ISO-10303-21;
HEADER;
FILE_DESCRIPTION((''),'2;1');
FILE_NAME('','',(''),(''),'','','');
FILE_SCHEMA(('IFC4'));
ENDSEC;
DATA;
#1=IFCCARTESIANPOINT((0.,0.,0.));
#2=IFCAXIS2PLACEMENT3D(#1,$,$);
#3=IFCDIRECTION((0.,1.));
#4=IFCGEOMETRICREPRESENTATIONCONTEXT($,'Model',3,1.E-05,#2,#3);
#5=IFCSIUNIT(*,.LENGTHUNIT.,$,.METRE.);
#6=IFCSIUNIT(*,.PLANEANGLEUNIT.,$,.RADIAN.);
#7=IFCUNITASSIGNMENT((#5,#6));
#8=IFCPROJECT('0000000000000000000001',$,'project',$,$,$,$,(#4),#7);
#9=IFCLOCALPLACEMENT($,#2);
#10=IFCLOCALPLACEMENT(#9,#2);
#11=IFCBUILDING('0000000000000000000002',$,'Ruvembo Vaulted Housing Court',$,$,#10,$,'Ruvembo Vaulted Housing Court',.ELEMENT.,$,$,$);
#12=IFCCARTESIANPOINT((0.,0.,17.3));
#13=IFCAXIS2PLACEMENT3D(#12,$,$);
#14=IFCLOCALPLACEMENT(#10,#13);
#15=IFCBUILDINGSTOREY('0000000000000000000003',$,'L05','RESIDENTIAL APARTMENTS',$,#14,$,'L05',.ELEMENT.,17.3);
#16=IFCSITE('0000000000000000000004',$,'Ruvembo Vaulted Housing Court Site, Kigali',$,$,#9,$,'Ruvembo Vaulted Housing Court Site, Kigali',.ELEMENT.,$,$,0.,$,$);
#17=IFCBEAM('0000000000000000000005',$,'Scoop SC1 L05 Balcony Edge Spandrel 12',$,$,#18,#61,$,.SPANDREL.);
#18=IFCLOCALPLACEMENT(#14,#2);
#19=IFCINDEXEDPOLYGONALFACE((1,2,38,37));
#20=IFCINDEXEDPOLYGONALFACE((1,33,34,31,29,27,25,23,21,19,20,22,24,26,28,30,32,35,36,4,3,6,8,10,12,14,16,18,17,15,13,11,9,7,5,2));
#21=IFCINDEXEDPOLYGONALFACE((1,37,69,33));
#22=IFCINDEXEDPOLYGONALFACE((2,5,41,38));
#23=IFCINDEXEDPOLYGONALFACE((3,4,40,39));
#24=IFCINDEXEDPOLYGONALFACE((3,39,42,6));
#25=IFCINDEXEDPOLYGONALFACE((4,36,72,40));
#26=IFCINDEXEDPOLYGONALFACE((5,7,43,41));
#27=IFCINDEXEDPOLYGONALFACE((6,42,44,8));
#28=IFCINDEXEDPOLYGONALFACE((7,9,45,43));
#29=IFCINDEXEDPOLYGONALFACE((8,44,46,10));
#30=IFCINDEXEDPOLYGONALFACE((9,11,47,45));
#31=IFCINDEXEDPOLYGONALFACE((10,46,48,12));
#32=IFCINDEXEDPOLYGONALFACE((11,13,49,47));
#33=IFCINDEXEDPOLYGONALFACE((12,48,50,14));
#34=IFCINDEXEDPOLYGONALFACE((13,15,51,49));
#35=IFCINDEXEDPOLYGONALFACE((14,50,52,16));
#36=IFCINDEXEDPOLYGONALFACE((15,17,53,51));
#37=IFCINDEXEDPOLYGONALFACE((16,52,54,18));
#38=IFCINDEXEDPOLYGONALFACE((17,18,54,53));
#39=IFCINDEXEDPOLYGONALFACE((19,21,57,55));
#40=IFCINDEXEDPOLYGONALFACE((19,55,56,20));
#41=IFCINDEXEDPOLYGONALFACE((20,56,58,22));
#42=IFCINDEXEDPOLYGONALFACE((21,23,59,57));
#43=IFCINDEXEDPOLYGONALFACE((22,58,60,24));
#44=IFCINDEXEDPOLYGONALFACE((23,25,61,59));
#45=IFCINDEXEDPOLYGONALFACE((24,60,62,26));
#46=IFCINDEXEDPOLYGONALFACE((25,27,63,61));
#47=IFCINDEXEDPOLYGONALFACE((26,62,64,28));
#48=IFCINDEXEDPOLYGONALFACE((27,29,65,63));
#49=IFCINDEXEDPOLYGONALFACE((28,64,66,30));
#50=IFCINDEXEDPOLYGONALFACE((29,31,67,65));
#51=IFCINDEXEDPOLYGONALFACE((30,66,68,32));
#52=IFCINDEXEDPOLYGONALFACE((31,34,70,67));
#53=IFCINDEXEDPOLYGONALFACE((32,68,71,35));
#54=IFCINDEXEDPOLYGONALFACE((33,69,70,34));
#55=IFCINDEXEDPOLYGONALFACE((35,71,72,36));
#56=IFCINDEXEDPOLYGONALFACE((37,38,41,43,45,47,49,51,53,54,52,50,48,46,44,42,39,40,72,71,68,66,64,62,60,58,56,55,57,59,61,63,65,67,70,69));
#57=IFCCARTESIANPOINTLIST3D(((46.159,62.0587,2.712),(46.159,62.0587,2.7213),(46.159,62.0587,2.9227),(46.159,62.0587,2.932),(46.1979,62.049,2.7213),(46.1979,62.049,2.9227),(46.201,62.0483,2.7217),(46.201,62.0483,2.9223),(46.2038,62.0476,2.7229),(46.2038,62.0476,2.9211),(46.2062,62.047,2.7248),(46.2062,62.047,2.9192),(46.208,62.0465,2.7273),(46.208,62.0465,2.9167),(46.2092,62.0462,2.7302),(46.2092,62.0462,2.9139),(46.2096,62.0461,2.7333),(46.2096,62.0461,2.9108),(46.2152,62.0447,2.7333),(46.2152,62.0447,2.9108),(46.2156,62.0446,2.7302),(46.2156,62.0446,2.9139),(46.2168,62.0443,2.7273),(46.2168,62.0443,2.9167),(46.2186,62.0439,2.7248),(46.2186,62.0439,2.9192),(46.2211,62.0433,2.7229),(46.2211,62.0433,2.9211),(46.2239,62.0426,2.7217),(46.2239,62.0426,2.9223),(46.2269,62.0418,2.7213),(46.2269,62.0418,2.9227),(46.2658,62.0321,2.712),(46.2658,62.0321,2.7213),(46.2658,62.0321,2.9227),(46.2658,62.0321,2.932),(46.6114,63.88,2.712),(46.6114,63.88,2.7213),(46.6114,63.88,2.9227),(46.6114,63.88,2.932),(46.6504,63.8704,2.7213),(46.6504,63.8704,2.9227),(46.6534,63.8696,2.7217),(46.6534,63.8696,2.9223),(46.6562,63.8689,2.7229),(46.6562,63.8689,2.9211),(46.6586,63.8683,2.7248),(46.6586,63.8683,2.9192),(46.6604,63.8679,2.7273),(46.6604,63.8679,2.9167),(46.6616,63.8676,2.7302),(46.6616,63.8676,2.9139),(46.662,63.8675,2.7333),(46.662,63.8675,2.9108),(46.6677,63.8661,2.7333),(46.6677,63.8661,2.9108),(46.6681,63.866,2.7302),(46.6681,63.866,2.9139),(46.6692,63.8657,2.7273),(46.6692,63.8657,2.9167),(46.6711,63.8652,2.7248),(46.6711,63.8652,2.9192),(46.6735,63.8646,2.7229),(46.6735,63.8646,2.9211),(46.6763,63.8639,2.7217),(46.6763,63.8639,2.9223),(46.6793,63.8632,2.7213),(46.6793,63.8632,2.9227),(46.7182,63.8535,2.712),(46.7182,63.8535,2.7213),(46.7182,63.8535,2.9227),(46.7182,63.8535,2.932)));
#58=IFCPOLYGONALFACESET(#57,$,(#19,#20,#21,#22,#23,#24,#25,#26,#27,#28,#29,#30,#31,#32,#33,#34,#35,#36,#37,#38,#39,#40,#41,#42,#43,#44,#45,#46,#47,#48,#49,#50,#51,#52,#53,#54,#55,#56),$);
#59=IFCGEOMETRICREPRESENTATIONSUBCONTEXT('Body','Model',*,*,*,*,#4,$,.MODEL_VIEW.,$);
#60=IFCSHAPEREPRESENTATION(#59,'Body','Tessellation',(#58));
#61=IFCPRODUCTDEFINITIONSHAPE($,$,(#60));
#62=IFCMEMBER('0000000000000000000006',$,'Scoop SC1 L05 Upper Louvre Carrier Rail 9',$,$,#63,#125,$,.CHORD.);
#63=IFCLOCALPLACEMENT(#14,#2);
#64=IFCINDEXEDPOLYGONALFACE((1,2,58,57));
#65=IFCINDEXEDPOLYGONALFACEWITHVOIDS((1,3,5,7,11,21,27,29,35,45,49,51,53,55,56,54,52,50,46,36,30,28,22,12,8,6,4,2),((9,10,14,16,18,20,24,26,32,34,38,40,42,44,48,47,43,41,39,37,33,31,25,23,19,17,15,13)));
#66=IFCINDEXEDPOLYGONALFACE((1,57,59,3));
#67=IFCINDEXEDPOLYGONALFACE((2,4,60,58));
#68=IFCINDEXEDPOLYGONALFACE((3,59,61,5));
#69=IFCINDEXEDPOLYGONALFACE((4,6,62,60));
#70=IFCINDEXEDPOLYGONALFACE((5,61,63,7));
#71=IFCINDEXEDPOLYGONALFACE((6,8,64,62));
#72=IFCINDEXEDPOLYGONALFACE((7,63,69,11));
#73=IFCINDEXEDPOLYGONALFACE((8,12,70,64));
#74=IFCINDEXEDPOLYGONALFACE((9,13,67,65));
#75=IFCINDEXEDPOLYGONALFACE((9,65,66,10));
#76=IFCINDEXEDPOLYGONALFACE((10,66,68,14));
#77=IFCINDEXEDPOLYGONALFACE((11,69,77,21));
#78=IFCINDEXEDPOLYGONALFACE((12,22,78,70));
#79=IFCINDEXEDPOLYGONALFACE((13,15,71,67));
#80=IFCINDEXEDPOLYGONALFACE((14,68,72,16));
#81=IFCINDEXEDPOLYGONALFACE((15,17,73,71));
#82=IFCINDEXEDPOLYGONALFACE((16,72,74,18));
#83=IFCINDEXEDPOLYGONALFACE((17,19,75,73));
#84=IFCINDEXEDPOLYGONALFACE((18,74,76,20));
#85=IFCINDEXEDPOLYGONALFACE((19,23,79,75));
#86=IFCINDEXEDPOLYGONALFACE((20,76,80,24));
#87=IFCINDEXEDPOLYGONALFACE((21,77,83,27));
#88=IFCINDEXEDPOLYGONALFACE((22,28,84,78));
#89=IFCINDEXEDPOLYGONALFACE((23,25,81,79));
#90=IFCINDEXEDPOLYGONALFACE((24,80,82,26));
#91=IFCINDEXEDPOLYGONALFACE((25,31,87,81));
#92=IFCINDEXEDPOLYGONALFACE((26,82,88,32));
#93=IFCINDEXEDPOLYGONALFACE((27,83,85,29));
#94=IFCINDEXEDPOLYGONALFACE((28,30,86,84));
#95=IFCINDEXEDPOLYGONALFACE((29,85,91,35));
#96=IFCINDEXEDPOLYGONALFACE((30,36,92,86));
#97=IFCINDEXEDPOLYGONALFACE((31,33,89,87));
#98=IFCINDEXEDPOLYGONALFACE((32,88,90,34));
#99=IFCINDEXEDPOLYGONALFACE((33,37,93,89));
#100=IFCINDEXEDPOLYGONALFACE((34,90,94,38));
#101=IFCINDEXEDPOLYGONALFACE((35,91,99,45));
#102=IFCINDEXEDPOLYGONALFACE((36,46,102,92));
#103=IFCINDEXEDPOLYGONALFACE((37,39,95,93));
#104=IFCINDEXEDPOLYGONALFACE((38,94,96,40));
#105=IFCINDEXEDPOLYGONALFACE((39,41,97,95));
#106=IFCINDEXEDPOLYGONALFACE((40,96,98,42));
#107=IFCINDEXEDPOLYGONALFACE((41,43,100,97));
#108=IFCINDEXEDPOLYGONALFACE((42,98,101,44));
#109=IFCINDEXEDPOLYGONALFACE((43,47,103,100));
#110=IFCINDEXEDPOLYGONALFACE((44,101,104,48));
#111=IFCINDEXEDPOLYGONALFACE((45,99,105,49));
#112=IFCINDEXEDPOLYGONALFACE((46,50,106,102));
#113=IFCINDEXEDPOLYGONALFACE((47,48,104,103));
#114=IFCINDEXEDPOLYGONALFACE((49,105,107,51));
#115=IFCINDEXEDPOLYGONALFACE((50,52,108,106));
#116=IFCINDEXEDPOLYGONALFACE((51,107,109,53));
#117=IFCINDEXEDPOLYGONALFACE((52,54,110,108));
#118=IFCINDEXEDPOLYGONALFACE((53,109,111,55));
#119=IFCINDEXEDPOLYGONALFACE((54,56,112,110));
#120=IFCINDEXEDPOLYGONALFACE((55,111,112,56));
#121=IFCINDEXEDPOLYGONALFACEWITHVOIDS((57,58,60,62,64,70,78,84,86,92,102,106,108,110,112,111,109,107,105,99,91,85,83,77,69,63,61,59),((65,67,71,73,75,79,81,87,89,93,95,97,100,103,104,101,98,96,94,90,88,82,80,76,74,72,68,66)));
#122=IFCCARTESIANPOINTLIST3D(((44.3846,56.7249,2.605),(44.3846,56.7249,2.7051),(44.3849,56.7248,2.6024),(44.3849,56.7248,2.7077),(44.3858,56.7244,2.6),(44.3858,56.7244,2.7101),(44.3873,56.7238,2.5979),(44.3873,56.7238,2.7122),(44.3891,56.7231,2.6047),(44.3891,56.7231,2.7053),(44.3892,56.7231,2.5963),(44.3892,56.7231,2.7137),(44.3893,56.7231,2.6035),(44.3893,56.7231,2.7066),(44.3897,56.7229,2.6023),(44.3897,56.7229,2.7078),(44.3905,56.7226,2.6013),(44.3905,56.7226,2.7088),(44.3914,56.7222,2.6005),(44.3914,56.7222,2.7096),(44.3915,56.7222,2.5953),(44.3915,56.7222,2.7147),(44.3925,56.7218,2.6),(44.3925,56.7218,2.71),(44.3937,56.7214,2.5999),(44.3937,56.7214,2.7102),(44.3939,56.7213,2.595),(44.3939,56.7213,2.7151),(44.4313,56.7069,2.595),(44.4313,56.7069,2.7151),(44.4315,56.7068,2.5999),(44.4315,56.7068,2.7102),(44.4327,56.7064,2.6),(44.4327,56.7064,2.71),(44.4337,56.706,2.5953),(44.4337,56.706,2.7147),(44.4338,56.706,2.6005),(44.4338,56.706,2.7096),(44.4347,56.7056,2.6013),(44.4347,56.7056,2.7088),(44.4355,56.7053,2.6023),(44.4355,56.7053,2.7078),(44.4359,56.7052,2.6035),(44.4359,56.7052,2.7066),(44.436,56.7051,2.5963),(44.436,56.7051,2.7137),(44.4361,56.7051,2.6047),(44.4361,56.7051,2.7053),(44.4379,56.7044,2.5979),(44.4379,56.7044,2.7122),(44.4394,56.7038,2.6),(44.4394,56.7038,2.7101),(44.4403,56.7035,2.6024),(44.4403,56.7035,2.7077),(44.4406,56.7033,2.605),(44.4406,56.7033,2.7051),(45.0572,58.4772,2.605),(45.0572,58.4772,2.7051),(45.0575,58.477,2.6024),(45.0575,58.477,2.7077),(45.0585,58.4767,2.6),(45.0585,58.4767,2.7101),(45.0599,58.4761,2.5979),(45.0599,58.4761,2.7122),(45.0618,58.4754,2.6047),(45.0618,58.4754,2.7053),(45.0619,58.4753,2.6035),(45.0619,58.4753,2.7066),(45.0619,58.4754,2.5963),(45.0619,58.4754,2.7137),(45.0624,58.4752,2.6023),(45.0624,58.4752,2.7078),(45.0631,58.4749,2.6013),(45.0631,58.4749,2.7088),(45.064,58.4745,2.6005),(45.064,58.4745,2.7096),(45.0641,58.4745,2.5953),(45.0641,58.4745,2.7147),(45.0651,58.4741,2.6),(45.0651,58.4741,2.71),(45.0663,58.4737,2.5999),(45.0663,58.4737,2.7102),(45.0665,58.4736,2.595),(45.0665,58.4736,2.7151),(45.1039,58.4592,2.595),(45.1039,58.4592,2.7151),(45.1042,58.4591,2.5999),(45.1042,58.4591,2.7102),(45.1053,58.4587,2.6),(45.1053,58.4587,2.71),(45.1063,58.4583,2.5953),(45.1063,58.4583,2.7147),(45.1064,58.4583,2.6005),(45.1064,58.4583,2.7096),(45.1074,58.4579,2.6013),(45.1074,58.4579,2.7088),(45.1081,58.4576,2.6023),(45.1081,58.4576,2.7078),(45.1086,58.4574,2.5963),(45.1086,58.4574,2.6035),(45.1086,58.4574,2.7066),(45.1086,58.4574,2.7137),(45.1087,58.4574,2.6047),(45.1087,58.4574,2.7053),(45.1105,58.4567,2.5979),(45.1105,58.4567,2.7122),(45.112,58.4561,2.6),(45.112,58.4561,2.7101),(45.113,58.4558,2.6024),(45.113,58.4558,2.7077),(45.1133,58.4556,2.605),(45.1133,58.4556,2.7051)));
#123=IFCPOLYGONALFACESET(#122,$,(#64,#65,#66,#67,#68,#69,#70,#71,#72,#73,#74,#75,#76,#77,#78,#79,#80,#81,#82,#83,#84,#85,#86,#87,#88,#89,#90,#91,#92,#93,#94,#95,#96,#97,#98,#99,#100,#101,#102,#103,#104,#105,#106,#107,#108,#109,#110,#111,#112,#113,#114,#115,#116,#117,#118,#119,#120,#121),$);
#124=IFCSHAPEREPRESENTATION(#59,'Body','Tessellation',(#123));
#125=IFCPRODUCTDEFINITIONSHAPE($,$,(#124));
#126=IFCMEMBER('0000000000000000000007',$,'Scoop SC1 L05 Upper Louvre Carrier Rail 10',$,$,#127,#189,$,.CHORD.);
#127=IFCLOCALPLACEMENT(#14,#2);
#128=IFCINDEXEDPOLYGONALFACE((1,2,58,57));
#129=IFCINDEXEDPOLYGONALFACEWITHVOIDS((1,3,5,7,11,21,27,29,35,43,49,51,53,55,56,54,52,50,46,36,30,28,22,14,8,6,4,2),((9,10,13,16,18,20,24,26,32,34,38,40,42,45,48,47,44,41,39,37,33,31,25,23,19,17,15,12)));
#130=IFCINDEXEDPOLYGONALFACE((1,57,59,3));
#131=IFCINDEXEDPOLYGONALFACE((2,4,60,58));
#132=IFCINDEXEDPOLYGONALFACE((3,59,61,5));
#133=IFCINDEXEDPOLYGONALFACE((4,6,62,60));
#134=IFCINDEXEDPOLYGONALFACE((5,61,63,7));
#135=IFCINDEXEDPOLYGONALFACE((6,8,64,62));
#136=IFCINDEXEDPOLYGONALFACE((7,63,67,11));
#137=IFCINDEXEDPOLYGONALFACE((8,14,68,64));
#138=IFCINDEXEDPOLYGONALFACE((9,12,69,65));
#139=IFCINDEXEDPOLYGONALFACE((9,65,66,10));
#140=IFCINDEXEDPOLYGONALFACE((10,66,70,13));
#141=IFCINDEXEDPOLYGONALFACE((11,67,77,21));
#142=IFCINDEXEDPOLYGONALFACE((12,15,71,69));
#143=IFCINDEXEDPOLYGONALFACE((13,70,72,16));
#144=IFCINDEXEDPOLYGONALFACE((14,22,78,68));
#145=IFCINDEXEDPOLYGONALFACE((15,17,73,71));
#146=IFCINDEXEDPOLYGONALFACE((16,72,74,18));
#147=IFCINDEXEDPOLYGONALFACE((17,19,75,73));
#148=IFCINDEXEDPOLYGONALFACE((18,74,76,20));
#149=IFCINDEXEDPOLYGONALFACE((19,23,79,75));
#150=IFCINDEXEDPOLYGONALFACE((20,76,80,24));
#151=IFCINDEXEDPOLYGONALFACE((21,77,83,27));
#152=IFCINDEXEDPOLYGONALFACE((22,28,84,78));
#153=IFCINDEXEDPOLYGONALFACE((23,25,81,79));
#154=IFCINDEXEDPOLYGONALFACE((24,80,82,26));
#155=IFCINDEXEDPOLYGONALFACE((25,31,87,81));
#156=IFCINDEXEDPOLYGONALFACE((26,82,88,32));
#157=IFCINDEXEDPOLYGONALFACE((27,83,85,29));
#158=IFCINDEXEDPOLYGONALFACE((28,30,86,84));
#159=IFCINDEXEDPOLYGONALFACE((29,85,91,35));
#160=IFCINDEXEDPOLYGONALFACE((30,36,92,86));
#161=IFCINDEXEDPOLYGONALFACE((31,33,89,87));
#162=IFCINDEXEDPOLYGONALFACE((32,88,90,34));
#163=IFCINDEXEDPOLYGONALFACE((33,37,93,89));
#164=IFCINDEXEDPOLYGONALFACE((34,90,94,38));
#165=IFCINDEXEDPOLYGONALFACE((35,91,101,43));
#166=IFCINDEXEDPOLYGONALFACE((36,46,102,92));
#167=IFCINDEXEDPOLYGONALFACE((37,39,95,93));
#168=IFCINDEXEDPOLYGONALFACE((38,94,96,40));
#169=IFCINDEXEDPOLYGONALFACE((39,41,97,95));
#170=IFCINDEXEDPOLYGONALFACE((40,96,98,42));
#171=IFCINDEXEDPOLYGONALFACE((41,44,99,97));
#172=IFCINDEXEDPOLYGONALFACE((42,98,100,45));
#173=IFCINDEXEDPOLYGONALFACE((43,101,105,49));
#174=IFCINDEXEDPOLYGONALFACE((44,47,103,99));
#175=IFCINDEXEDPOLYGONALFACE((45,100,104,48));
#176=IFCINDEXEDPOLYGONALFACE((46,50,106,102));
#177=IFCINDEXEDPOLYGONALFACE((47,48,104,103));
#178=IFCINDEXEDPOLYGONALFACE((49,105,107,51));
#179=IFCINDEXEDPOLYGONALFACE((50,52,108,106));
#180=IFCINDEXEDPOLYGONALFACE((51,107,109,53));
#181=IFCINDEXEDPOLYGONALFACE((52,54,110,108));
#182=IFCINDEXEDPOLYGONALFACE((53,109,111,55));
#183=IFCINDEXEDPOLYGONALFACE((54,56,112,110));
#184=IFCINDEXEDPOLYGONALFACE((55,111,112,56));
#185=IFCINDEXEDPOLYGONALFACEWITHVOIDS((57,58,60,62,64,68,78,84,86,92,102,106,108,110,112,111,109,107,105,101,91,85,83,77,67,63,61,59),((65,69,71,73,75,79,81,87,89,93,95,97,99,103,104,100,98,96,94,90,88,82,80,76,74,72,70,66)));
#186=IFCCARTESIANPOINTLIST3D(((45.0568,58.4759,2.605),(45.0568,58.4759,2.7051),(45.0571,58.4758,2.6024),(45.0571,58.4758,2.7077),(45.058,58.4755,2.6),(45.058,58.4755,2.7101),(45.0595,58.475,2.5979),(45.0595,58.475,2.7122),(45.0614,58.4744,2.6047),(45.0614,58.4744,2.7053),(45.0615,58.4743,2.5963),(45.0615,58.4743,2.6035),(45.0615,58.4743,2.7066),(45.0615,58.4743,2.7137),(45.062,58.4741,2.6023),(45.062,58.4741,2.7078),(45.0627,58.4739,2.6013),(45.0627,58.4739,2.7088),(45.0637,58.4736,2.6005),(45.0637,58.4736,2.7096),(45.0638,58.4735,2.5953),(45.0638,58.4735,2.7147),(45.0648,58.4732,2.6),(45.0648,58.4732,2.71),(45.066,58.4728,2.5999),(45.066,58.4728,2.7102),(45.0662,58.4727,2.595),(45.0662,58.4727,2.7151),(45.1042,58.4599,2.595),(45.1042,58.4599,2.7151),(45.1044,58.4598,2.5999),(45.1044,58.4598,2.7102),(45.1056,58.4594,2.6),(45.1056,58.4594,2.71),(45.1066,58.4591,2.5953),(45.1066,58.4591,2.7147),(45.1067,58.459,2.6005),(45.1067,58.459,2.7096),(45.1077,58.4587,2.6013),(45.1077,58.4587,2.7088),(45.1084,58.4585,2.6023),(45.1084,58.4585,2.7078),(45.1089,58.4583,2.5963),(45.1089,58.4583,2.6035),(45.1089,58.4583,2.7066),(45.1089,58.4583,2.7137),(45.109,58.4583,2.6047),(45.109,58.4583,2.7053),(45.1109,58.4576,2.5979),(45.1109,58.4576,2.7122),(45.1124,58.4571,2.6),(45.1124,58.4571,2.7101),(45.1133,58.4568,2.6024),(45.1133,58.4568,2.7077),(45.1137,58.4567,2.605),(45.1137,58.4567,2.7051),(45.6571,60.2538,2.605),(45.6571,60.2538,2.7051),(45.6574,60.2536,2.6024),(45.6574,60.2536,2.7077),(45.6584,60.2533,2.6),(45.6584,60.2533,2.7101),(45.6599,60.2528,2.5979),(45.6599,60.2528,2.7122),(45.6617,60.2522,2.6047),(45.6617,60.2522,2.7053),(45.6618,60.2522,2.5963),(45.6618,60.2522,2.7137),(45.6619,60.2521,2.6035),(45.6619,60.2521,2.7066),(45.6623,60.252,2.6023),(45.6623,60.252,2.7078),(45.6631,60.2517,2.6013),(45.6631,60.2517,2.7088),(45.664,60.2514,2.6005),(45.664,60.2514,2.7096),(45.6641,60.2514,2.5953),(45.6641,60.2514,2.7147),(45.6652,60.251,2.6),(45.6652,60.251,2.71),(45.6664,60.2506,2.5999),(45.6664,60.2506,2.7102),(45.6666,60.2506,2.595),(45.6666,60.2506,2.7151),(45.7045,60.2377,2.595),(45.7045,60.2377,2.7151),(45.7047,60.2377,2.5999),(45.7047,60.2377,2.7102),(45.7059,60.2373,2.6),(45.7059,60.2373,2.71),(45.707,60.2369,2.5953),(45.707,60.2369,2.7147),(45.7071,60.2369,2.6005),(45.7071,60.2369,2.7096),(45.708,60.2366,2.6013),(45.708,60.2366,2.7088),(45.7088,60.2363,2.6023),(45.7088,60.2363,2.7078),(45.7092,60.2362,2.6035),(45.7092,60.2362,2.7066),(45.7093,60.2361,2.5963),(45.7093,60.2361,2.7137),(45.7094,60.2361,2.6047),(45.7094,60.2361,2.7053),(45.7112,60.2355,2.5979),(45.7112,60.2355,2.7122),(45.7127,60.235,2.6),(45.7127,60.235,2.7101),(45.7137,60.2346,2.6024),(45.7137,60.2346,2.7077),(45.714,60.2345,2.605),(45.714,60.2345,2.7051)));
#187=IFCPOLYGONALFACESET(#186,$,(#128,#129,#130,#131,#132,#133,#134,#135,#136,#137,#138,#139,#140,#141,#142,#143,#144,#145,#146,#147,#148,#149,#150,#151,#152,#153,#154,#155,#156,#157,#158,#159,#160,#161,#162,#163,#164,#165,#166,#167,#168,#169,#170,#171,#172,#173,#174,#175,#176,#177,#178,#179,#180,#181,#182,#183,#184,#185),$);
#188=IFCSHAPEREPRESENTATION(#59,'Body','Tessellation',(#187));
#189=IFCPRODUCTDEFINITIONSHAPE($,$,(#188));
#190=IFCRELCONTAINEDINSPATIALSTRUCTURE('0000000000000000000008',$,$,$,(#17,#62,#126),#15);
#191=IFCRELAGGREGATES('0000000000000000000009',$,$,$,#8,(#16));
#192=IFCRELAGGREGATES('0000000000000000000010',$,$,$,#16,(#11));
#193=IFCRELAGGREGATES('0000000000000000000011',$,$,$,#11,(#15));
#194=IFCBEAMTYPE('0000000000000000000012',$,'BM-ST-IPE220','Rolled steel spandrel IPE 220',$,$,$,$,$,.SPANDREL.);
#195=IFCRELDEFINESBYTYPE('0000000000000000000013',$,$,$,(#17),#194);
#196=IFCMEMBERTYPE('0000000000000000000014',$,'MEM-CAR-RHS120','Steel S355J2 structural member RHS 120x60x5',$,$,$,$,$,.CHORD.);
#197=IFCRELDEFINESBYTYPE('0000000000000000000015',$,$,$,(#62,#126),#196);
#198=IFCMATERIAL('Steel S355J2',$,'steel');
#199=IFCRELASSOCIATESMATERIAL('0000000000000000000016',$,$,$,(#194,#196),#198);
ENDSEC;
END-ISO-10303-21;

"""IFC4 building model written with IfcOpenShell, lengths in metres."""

from ifc_helpers import new_model, si_unit, direction, frame, origin, origin_2d, place, context, subcontext, project, spatial, hollow_rectangle, i_section, extrude, material, material_profile, profile_set, type_object, element, save


model = new_model("IFC4")

# Units and contexts
model_context = context("Model", 3, precision=1e-05, world=origin(), true_north=direction((0.0, 1.0)))
body_context = subcontext(model_context, "Body", "Model", "MODEL_VIEW")
ifc_project = project(units=[si_unit("LENGTHUNIT", "METRE"), si_unit("PLANEANGLEUNIT", "RADIAN")], contexts=[model_context])

# Site, building, storey
site_placement = place(None, origin())
site = spatial("IfcSite", under=ifc_project, at=site_placement, Name="Ruvembo Vaulted Housing Court Site, Kigali", LongName="Ruvembo Vaulted Housing Court Site, Kigali", CompositionType="ELEMENT", RefElevation=0.0)
building_placement = place(site_placement, origin())
building = spatial("IfcBuilding", under=site, at=building_placement, Name="Ruvembo Vaulted Housing Court", LongName="Ruvembo Vaulted Housing Court", CompositionType="ELEMENT")
storey_placement = place(building_placement, frame((0.0, 0.0, 17.3)))
storey = spatial("IfcBuildingStorey", under=building, at=storey_placement, Name="L05", Description="RESIDENTIAL APARTMENTS", LongName="L05", CompositionType="ELEMENT", Elevation=17.3)

# Beam
ifc_material_1 = material(Name="Steel S355J2", Category="steel")
ifc_material_profile_1 = material_profile(ifc_material_1, i_section(OverallWidth=0.1101, OverallDepth=0.22, WebThickness=0.0059, FlangeThickness=0.0093, FilletRadius=0.012, at=origin_2d()), Name="IPE 220")
ifc_profile_set_1 = profile_set([ifc_material_profile_1], Name="Steel S355J2")
beam_type = type_object("IfcBeamType", Name="BM-ST-IPE220", Description="Rolled steel spandrel IPE 220", PredefinedType="SPANDREL", material=ifc_profile_set_1)
for number, where, z_axis, x_axis, name in (
    (1, (46.2124, 62.0454, 2.822), (0.241066, 0.970509, 0.0), (-0.970509, 0.241066, 0.0), "Scoop SC1 L05 Balcony Edge Spandrel 12"),
):
    element("IfcBeam", number, at=place(storey_placement, frame(where, z_axis=z_axis, x_axis=x_axis)), inside=storey, type_object=beam_type, Name=name, PredefinedType="SPANDREL", context=body_context, shape_type="SweptSolid", body=[
        extrude(i_section(OverallWidth=0.1101, OverallDepth=0.22, WebThickness=0.0059, FlangeThickness=0.0093, FilletRadius=0.012, at=origin_2d()), origin(), (0.0, 0.0, 1.0), 1.8767),
    ])

# Members
ifc_material_profile_2 = material_profile(ifc_material_1, hollow_rectangle(XDim=0.0601, YDim=0.1201, WallThickness=0.0049, InnerFilletRadius=0.0049, OuterFilletRadius=0.01, at=origin_2d()), Name="RHS 120x60x5")
ifc_profile_set_2 = profile_set([ifc_material_profile_2], Name="Steel S355J2")
member_type_1 = type_object("IfcMemberType", Name="MEM-CAR-RHS120", Description="Steel S355J2 structural member RHS 120x60x5", PredefinedType="CHORD", material=ifc_profile_set_2)
member_1_placement = place(storey_placement, frame((44.4126, 56.7141, 2.655), z_axis=(0.358369, 0.93358, 0.0), x_axis=(-0.93358, 0.358369, 0.0)))
element("IfcMember", 2, at=member_1_placement, inside=storey, type_object=member_type_1, Name="Scoop SC1 L05 Upper Louvre Carrier Rail 9", PredefinedType="CHORD", context=body_context, shape_type="SweptSolid", body=[
    extrude(hollow_rectangle(XDim=0.0601, YDim=0.1201, WallThickness=0.0049, InnerFilletRadius=0.0049, OuterFilletRadius=0.01, at=origin_2d()), origin(), (0.0, 0.0, 1.0), 1.877),
])
member_2_placement = place(storey_placement, frame((45.0852, 58.4663, 2.655), z_axis=(0.319933, 0.94744, 0.0), x_axis=(-0.94744, 0.319933, 0.0)))
element("IfcMember", 3, at=member_2_placement, inside=storey, type_object=member_type_1, Name="Scoop SC1 L05 Upper Louvre Carrier Rail 10", PredefinedType="CHORD", context=body_context, shape_type="SweptSolid", body=[
    extrude(hollow_rectangle(XDim=0.0601, YDim=0.1201, WallThickness=0.0049, InnerFilletRadius=0.0049, OuterFilletRadius=0.01, at=origin_2d()), origin(), (0.0, 0.0, 1.0), 1.8765),
])

save(model, "model.ifc")
